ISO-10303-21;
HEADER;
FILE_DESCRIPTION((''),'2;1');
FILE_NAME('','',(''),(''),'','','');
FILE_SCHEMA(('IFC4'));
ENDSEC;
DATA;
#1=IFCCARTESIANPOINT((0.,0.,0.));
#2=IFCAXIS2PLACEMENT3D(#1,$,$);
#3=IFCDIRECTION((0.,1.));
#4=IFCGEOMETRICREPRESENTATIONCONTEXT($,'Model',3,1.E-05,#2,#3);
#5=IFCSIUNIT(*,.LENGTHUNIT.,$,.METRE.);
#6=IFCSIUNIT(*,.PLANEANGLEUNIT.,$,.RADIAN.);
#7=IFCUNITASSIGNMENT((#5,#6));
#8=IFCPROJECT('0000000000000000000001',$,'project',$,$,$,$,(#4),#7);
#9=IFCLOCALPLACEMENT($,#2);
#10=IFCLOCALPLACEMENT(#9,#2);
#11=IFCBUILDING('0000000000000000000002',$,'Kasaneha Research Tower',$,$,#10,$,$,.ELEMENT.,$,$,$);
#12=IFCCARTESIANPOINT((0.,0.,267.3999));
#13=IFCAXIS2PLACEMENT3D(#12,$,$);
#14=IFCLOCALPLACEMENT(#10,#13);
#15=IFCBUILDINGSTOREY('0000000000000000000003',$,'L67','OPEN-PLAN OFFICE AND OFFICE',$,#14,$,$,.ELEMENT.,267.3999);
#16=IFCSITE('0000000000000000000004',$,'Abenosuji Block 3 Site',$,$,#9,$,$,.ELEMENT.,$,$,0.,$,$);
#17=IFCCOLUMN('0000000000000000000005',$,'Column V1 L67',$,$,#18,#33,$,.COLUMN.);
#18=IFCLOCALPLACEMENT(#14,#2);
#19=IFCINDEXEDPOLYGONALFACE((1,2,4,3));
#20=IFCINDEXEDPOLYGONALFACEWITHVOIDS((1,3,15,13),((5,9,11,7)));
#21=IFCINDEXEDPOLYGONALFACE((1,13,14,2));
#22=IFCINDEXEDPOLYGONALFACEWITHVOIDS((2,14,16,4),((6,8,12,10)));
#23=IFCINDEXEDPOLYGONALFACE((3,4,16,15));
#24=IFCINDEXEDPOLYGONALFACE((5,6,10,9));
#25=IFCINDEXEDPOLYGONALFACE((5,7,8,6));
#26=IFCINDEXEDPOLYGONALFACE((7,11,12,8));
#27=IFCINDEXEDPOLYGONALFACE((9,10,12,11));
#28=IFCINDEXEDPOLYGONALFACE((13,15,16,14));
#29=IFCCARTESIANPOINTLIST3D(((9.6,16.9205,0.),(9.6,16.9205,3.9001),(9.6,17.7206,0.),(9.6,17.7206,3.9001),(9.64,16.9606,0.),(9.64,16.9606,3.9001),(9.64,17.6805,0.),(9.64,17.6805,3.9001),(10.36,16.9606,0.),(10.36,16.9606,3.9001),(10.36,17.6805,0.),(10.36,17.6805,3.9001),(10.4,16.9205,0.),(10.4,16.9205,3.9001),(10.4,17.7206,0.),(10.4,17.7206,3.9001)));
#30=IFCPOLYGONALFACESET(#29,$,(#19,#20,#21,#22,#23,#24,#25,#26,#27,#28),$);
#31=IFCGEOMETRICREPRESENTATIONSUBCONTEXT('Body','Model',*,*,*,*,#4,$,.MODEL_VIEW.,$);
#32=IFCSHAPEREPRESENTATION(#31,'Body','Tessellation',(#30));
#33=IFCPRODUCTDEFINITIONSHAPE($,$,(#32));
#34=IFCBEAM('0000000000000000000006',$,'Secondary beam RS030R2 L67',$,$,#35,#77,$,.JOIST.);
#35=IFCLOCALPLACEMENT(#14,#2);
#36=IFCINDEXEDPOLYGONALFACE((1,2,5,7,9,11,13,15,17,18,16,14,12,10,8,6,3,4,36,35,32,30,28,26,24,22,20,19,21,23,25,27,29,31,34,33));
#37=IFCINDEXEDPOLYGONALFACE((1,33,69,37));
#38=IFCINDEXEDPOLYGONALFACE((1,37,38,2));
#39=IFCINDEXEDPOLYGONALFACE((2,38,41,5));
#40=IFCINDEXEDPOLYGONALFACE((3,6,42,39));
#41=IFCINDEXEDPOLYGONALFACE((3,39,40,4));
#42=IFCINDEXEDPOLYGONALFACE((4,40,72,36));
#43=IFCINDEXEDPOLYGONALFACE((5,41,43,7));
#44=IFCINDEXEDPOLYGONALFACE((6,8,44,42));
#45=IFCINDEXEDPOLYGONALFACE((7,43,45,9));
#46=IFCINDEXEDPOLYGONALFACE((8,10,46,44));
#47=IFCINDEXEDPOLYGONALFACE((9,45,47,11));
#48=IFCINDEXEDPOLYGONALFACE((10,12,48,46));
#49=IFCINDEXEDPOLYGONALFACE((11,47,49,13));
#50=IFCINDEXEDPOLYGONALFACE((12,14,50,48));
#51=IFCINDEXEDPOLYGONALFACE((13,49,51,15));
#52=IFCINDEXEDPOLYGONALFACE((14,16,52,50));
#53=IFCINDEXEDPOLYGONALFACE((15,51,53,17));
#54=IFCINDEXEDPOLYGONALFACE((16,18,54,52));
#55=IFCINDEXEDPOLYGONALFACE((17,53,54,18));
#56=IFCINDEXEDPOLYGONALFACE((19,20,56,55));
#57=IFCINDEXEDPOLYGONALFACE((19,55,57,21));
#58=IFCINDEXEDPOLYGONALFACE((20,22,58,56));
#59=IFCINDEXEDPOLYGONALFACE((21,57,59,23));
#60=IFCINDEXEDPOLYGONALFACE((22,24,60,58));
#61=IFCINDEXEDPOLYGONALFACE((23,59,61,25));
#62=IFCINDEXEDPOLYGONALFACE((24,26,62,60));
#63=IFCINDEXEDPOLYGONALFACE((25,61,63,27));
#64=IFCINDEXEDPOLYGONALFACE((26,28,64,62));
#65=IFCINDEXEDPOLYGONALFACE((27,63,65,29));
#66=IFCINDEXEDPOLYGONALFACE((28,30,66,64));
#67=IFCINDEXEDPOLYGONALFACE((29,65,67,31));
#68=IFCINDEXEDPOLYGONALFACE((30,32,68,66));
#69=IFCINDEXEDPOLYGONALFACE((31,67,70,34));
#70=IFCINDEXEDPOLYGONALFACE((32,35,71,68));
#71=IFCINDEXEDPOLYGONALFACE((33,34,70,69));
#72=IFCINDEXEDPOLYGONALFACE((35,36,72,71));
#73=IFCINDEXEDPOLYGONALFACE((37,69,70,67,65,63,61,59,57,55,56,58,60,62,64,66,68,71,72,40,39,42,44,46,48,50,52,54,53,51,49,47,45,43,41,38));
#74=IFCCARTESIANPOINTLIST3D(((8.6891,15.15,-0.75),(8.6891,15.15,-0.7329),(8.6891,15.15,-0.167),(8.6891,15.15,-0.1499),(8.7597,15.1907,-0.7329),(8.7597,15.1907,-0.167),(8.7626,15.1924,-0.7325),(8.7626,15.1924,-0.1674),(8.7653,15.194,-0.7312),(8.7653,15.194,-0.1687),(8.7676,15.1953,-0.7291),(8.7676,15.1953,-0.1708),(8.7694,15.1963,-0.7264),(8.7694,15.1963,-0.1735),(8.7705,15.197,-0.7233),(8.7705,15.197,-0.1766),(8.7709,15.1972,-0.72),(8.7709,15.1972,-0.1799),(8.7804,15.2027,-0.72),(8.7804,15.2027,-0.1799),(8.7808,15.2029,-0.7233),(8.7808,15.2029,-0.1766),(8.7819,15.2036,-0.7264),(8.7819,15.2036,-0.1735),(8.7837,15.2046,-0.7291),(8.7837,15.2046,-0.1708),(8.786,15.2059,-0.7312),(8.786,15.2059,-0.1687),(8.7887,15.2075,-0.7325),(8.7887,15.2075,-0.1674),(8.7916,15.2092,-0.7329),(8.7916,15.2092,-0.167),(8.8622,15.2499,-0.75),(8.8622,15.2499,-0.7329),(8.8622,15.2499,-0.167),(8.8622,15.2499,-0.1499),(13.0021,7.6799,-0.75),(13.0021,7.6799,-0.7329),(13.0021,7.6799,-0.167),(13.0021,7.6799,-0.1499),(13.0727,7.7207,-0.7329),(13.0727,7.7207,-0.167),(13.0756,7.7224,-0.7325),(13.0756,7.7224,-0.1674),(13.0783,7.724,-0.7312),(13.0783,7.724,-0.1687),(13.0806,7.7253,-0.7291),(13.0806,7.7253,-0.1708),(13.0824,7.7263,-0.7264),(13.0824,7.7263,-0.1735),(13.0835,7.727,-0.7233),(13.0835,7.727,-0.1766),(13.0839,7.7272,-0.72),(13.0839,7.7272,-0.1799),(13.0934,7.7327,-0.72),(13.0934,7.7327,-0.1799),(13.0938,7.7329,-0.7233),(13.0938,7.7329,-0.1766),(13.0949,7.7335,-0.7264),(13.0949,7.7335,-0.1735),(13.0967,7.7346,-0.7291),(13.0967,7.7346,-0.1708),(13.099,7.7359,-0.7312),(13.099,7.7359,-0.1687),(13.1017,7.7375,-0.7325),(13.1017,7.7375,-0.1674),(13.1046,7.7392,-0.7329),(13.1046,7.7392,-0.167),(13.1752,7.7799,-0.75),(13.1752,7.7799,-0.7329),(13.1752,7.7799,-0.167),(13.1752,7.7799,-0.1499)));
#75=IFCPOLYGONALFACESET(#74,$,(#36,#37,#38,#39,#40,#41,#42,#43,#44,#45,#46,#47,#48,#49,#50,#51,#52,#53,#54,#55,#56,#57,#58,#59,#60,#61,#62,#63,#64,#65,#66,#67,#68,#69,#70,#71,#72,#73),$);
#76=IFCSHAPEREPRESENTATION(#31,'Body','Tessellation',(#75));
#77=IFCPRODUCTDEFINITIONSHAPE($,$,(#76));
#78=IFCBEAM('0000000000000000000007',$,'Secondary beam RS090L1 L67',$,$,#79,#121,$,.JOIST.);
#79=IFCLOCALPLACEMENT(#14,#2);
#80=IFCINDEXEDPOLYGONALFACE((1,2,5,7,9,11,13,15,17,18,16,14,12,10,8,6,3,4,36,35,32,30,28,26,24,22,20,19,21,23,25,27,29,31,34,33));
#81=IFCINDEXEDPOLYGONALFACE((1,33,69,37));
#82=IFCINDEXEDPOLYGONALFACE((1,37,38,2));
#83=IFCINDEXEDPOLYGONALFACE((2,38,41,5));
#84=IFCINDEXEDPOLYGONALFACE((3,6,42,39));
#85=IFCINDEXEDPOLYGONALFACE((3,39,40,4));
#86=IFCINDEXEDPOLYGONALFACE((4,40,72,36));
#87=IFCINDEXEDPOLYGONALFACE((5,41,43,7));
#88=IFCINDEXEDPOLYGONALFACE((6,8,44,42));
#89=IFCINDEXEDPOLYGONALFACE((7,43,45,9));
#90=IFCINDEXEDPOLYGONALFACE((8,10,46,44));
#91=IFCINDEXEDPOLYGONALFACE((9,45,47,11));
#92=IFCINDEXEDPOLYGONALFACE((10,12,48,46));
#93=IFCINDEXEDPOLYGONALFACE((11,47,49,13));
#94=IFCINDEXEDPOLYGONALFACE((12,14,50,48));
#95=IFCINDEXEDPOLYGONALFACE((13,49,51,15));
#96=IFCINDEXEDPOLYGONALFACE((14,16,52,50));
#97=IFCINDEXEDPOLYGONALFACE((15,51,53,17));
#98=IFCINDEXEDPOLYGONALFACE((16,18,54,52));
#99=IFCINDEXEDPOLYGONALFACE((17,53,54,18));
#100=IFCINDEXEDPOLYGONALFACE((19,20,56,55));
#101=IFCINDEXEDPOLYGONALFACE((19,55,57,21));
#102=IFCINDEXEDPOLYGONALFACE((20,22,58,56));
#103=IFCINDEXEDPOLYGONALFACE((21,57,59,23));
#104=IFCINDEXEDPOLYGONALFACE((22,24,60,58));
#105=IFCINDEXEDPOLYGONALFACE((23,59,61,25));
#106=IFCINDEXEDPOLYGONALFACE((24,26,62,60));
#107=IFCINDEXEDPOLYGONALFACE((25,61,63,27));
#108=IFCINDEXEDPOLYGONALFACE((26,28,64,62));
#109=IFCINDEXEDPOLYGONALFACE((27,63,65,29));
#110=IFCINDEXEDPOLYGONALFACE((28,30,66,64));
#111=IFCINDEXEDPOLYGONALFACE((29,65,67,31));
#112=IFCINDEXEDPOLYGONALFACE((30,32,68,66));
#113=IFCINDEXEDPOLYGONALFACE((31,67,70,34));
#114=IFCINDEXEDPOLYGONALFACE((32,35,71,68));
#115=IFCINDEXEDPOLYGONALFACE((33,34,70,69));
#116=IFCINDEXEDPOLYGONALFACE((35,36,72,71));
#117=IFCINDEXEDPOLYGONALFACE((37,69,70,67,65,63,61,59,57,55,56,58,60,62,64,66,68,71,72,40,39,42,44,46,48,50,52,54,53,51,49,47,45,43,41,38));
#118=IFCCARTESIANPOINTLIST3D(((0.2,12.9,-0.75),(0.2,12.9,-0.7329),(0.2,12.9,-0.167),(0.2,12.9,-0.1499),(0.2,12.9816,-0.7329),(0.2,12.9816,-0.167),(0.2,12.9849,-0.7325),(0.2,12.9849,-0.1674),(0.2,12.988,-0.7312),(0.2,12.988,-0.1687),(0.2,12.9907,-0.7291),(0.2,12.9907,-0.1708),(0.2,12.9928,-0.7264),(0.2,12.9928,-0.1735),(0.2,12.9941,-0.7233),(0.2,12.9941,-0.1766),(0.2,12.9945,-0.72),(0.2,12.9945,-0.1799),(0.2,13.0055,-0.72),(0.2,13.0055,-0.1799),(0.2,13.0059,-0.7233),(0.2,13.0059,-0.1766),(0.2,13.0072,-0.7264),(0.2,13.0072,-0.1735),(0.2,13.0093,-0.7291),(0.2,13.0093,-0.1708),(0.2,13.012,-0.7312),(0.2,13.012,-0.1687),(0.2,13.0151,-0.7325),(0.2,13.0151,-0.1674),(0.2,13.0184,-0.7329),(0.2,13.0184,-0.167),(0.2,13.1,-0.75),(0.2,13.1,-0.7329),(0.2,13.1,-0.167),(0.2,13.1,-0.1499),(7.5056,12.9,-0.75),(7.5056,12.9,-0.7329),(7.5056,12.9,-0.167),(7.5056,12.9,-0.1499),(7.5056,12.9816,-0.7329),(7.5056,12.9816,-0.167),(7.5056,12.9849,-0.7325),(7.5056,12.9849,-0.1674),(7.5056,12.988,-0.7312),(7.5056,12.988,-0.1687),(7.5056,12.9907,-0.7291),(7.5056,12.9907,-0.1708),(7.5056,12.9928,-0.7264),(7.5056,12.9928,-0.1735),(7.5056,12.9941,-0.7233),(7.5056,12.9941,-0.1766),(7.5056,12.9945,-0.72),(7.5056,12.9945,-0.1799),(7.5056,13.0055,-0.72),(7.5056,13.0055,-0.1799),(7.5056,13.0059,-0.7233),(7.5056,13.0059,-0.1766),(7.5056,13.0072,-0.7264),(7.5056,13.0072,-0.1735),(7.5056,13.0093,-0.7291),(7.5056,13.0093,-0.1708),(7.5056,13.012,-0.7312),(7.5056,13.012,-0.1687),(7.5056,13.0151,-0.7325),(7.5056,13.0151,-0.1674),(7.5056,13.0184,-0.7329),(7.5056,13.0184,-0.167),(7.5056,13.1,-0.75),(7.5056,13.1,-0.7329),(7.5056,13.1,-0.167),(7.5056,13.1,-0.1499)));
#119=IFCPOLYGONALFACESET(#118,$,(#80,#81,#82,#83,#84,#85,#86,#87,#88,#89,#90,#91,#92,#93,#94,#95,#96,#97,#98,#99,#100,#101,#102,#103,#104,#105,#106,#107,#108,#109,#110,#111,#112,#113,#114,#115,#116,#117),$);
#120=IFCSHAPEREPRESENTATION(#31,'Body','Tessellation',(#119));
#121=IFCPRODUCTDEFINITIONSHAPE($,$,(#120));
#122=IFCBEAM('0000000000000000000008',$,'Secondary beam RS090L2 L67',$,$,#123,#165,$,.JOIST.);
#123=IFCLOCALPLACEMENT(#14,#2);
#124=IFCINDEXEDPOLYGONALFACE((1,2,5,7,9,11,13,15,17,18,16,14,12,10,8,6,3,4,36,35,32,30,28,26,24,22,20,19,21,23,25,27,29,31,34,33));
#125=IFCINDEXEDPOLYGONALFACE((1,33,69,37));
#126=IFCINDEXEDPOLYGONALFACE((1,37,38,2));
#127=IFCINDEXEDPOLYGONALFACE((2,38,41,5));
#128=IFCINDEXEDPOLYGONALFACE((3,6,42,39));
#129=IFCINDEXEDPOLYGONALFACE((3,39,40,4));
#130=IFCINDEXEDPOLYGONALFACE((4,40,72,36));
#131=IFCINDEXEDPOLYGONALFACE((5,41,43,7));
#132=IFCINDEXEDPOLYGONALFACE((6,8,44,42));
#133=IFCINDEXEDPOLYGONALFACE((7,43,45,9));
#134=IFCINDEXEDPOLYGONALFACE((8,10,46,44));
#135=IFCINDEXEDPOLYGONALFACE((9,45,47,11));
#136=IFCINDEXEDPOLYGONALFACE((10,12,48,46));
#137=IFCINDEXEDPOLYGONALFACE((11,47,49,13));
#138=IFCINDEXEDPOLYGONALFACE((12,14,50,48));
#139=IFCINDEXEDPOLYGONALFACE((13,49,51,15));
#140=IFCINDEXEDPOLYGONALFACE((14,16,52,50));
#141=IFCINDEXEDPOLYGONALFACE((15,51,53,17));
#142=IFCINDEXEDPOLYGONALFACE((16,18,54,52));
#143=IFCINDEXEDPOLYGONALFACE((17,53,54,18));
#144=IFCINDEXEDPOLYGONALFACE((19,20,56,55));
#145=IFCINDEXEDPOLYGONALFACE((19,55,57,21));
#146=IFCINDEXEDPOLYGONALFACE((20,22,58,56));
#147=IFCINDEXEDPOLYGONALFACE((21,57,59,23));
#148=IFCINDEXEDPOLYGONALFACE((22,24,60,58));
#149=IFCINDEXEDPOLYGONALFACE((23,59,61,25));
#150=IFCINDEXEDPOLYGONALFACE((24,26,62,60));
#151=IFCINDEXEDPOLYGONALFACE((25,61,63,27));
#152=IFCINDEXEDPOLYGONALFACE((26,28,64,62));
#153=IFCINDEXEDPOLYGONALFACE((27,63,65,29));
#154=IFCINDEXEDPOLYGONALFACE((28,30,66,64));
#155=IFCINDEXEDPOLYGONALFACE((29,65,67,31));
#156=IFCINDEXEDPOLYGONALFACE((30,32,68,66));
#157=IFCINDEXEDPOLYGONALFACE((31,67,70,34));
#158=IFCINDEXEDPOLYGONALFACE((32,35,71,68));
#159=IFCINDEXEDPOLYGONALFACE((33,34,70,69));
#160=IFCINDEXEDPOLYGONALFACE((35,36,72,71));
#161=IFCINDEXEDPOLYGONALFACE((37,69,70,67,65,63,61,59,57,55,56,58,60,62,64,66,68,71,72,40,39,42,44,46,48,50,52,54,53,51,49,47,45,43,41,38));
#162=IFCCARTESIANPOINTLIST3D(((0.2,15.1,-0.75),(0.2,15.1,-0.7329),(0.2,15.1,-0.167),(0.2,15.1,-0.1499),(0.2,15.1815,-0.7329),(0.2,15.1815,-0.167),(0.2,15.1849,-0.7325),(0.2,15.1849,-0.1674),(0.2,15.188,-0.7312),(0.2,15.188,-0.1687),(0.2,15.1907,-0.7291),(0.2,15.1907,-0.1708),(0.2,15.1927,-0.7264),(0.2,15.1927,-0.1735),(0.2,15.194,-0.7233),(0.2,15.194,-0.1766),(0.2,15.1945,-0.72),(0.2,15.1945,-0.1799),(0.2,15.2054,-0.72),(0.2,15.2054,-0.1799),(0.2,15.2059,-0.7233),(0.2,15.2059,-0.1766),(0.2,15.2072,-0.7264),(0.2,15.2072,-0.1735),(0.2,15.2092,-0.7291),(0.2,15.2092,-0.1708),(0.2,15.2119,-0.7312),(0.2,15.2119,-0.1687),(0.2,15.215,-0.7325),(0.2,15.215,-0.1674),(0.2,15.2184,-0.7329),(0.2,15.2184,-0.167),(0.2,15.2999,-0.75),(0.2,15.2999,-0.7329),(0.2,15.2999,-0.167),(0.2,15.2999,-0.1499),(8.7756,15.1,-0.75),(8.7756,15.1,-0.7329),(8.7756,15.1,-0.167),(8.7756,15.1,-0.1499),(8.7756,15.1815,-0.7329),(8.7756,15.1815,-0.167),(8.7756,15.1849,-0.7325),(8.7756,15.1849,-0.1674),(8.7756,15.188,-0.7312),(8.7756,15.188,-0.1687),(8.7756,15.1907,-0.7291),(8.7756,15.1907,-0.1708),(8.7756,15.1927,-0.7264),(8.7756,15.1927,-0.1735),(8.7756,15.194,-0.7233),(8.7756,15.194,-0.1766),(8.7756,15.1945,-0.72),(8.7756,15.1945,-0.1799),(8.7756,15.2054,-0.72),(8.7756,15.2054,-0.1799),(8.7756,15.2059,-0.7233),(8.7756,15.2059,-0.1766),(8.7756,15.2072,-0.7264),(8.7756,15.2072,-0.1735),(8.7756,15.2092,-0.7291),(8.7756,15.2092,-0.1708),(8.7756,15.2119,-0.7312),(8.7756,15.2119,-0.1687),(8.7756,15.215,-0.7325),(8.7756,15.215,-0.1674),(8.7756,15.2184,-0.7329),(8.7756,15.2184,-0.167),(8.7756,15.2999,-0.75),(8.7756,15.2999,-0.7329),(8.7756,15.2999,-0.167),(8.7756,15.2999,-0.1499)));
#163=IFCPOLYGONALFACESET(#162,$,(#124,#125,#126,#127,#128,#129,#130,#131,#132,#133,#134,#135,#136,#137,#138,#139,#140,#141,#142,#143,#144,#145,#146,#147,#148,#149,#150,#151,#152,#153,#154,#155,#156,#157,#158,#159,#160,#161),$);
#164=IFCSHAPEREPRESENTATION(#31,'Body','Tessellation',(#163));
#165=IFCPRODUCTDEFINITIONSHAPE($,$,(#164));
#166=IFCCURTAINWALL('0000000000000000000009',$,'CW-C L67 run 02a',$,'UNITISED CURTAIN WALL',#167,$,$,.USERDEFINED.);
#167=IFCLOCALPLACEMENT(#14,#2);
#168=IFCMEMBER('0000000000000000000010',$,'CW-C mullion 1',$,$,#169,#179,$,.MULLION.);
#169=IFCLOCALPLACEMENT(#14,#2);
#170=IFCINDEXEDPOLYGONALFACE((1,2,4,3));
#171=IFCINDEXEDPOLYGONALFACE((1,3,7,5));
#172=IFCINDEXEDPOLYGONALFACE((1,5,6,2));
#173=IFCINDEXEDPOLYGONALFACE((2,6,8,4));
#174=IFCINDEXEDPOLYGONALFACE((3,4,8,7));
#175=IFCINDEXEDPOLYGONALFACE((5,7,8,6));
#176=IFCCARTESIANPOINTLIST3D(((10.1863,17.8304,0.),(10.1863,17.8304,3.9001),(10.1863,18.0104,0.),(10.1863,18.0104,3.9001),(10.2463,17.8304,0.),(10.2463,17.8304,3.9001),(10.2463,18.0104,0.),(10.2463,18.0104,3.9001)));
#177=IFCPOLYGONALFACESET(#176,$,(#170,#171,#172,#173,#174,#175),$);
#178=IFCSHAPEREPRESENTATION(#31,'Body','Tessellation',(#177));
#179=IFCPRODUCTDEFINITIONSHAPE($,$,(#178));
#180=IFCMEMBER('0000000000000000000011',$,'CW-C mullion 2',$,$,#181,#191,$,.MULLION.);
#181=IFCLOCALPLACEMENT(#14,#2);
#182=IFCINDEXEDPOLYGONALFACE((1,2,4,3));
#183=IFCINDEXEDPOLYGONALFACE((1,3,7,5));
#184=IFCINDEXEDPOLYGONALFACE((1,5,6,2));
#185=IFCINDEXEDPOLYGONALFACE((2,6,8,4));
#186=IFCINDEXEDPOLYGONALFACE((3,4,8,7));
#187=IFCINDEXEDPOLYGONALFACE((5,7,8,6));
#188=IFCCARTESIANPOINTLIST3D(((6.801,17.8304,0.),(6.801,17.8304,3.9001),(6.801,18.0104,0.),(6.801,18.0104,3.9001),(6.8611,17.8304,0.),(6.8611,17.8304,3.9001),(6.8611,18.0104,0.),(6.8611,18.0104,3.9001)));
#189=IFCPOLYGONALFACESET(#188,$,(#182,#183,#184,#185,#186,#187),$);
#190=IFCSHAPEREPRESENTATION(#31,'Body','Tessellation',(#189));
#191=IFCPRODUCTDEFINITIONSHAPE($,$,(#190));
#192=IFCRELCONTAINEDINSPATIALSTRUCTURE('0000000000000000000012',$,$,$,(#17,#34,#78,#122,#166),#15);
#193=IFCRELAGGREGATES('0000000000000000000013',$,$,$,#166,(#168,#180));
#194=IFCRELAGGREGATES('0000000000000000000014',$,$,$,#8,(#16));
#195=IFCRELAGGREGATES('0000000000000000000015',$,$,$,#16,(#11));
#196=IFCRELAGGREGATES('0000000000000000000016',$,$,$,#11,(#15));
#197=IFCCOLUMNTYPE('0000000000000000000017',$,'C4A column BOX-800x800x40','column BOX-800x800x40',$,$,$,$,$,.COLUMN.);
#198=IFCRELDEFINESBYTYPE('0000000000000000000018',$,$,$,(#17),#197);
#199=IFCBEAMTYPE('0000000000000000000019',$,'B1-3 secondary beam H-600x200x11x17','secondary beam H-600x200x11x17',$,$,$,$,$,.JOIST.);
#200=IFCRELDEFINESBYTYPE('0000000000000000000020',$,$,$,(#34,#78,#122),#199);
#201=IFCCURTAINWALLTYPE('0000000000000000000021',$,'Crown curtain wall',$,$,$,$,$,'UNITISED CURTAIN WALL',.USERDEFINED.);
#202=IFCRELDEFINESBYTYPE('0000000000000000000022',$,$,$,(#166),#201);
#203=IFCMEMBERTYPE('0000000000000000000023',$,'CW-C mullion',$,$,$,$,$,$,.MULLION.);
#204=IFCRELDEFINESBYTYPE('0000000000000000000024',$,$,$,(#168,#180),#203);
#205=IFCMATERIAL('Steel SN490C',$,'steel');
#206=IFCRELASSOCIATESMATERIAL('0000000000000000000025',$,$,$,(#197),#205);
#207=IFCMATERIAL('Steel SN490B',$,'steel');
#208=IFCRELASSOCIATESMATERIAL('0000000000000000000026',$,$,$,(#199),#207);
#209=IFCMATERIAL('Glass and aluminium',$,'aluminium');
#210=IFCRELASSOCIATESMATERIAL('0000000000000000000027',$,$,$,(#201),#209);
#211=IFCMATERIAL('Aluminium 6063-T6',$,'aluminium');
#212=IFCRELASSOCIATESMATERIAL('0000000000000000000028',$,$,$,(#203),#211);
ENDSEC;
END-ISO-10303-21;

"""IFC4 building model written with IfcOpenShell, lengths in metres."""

from ifc_helpers import new_model, si_unit, direction, frame, origin, origin_2d, place, context, subcontext, project, spatial, rectangle, hollow_rectangle, i_section, extrude, material, material_profile, profile_set, type_object, element, aggregate, save


model = new_model("IFC4")

# Units and contexts
model_context = context("Model", 3, precision=1e-05, world=origin(), true_north=direction((0.0, 1.0)))
body_context = subcontext(model_context, "Body", "Model", "MODEL_VIEW")
ifc_project = project(units=[si_unit("LENGTHUNIT", "METRE"), si_unit("PLANEANGLEUNIT", "RADIAN")], contexts=[model_context])

# Site, building, storey
site_placement = place(None, origin())
site = spatial("IfcSite", under=ifc_project, at=site_placement, Name="Abenosuji Block 3 Site", CompositionType="ELEMENT", RefElevation=0.0)
building_placement = place(site_placement, origin())
building = spatial("IfcBuilding", under=site, at=building_placement, Name="Kasaneha Research Tower", CompositionType="ELEMENT")
storey_placement = place(building_placement, frame((0.0, 0.0, 267.3999)))
storey = spatial("IfcBuildingStorey", under=building, at=storey_placement, Name="L67", Description="OPEN-PLAN OFFICE AND OFFICE", CompositionType="ELEMENT", Elevation=267.3999)

# Column
ifc_material_1 = material(Name="Steel SN490C", Category="steel")
ifc_material_profile_1 = material_profile(ifc_material_1, hollow_rectangle(XDim=0.8, YDim=0.8, WallThickness=0.04, at=origin_2d()), Name="BOX-800x800x40")
ifc_profile_set_1 = profile_set([ifc_material_profile_1], Name="Steel SN490C")
column_type = type_object("IfcColumnType", Name="C4A column BOX-800x800x40", Description="column BOX-800x800x40", PredefinedType="COLUMN", material=ifc_profile_set_1)
column_placement = place(storey_placement, frame((10.0, 17.3206, 0.0), z_axis=(0.0, 0.0, 1.0), x_axis=(1.0, 0.0, 0.0)))
element("IfcColumn", 1, at=column_placement, inside=storey, type_object=column_type, Name="Column V1 L67", PredefinedType="COLUMN", context=body_context, shape_type="SweptSolid", body=[
    extrude(hollow_rectangle(XDim=0.8, YDim=0.8, WallThickness=0.04, at=origin_2d()), origin(), (0.0, 0.0, 1.0), 3.9001),
])

# Beams
ifc_material_2 = material(Name="Steel SN490B", Category="steel")
ifc_material_profile_2 = material_profile(ifc_material_2, i_section(OverallWidth=0.2, OverallDepth=0.6001, WebThickness=0.011, FlangeThickness=0.0171, FilletRadius=0.0129, at=origin_2d()), Name="H-600x200x11x17")
ifc_profile_set_2 = profile_set([ifc_material_profile_2], Name="Steel SN490B")
beam_type_1 = type_object("IfcBeamType", Name="B1-3 secondary beam H-600x200x11x17", Description="secondary beam H-600x200x11x17", PredefinedType="JOIST", material=ifc_profile_set_2)
beam_1_placement = place(storey_placement, frame((8.7756, 15.2, -0.45), z_axis=(0.500017, -0.866015, 0.0), x_axis=(0.866015, 0.500017, 0.0)))
element("IfcBeam", 2, at=beam_1_placement, inside=storey, type_object=beam_type_1, Name="Secondary beam RS030R2 L67", PredefinedType="JOIST", context=body_context, shape_type="SweptSolid", body=[
    extrude(i_section(OverallWidth=0.2, OverallDepth=0.6001, WebThickness=0.011, FlangeThickness=0.0171, FilletRadius=0.0129, at=origin_2d()), origin(), (0.0, 0.0, 1.0), 8.6257),
])
beam_2_placement = place(storey_placement, frame((7.5056, 13.0, -0.45), z_axis=(-1.0, 0.0, 0.0), x_axis=(0.0, -1.0, 0.0)))
element("IfcBeam", 3, at=beam_2_placement, inside=storey, type_object=beam_type_1, Name="Secondary beam RS090L1 L67", PredefinedType="JOIST", context=body_context, shape_type="SweptSolid", body=[
    extrude(i_section(OverallWidth=0.2, OverallDepth=0.6001, WebThickness=0.011, FlangeThickness=0.0171, FilletRadius=0.0129, at=origin_2d()), origin(), (0.0, 0.0, 1.0), 7.3057),
])
beam_3_placement = place(storey_placement, frame((8.7756, 15.2, -0.45), z_axis=(-1.0, 0.0, 0.0), x_axis=(0.0, -1.0, 0.0)))
element("IfcBeam", 4, at=beam_3_placement, inside=storey, type_object=beam_type_1, Name="Secondary beam RS090L2 L67", PredefinedType="JOIST", context=body_context, shape_type="SweptSolid", body=[
    extrude(i_section(OverallWidth=0.2, OverallDepth=0.6001, WebThickness=0.011, FlangeThickness=0.0171, FilletRadius=0.0129, at=origin_2d()), origin(), (0.0, 0.0, 1.0), 8.5757),
])

# Curtain wall, members
ifc_material_3 = material(Name="Glass and aluminium", Category="aluminium")
curtain_wall_type = type_object("IfcCurtainWallType", Name="Crown curtain wall", ElementType="UNITISED CURTAIN WALL", PredefinedType="USERDEFINED", material=ifc_material_3)
curtain_wall_placement = place(storey_placement, origin())
curtain_wall = element("IfcCurtainWall", 5, at=curtain_wall_placement, inside=storey, type_object=curtain_wall_type, Name="CW-C L67 run 02a", ObjectType="UNITISED CURTAIN WALL", PredefinedType="USERDEFINED")
ifc_material_4 = material(Name="Aluminium 6063-T6", Category="aluminium")
ifc_material_profile_3 = material_profile(ifc_material_4, rectangle(XDim=0.0601, YDim=0.1799, at=origin_2d()), Name="CW-C mullion 60x180")
ifc_profile_set_3 = profile_set([ifc_material_profile_3], Name="Aluminium 6063-T6")
member_type_1 = type_object("IfcMemberType", Name="CW-C mullion", PredefinedType="MULLION", material=ifc_profile_set_3)
member_1_placement = place(storey_placement, frame((10.2163, 17.9204, 0.0), z_axis=(0.0, 0.0, 1.0), x_axis=(-1.0, 0.0, 0.0)))
member_1 = element("IfcMember", 6, at=member_1_placement, type_object=member_type_1, Name="CW-C mullion 1", PredefinedType="MULLION", context=body_context, shape_type="SweptSolid", body=[
    extrude(rectangle(XDim=0.0601, YDim=0.1799, at=origin_2d()), origin(), (0.0, 0.0, 1.0), 3.9001),
])
member_2_placement = place(storey_placement, frame((6.8311, 17.9204, 0.0), z_axis=(0.0, 0.0, 1.0), x_axis=(-1.0, 0.0, 0.0)))
member_2 = element("IfcMember", 7, at=member_2_placement, type_object=member_type_1, Name="CW-C mullion 2", PredefinedType="MULLION", context=body_context, shape_type="SweptSolid", body=[
    extrude(rectangle(XDim=0.0601, YDim=0.1799, at=origin_2d()), origin(), (0.0, 0.0, 1.0), 3.9001),
])

aggregate(curtain_wall, [member_1, member_2])

save(model, "model.ifc")
